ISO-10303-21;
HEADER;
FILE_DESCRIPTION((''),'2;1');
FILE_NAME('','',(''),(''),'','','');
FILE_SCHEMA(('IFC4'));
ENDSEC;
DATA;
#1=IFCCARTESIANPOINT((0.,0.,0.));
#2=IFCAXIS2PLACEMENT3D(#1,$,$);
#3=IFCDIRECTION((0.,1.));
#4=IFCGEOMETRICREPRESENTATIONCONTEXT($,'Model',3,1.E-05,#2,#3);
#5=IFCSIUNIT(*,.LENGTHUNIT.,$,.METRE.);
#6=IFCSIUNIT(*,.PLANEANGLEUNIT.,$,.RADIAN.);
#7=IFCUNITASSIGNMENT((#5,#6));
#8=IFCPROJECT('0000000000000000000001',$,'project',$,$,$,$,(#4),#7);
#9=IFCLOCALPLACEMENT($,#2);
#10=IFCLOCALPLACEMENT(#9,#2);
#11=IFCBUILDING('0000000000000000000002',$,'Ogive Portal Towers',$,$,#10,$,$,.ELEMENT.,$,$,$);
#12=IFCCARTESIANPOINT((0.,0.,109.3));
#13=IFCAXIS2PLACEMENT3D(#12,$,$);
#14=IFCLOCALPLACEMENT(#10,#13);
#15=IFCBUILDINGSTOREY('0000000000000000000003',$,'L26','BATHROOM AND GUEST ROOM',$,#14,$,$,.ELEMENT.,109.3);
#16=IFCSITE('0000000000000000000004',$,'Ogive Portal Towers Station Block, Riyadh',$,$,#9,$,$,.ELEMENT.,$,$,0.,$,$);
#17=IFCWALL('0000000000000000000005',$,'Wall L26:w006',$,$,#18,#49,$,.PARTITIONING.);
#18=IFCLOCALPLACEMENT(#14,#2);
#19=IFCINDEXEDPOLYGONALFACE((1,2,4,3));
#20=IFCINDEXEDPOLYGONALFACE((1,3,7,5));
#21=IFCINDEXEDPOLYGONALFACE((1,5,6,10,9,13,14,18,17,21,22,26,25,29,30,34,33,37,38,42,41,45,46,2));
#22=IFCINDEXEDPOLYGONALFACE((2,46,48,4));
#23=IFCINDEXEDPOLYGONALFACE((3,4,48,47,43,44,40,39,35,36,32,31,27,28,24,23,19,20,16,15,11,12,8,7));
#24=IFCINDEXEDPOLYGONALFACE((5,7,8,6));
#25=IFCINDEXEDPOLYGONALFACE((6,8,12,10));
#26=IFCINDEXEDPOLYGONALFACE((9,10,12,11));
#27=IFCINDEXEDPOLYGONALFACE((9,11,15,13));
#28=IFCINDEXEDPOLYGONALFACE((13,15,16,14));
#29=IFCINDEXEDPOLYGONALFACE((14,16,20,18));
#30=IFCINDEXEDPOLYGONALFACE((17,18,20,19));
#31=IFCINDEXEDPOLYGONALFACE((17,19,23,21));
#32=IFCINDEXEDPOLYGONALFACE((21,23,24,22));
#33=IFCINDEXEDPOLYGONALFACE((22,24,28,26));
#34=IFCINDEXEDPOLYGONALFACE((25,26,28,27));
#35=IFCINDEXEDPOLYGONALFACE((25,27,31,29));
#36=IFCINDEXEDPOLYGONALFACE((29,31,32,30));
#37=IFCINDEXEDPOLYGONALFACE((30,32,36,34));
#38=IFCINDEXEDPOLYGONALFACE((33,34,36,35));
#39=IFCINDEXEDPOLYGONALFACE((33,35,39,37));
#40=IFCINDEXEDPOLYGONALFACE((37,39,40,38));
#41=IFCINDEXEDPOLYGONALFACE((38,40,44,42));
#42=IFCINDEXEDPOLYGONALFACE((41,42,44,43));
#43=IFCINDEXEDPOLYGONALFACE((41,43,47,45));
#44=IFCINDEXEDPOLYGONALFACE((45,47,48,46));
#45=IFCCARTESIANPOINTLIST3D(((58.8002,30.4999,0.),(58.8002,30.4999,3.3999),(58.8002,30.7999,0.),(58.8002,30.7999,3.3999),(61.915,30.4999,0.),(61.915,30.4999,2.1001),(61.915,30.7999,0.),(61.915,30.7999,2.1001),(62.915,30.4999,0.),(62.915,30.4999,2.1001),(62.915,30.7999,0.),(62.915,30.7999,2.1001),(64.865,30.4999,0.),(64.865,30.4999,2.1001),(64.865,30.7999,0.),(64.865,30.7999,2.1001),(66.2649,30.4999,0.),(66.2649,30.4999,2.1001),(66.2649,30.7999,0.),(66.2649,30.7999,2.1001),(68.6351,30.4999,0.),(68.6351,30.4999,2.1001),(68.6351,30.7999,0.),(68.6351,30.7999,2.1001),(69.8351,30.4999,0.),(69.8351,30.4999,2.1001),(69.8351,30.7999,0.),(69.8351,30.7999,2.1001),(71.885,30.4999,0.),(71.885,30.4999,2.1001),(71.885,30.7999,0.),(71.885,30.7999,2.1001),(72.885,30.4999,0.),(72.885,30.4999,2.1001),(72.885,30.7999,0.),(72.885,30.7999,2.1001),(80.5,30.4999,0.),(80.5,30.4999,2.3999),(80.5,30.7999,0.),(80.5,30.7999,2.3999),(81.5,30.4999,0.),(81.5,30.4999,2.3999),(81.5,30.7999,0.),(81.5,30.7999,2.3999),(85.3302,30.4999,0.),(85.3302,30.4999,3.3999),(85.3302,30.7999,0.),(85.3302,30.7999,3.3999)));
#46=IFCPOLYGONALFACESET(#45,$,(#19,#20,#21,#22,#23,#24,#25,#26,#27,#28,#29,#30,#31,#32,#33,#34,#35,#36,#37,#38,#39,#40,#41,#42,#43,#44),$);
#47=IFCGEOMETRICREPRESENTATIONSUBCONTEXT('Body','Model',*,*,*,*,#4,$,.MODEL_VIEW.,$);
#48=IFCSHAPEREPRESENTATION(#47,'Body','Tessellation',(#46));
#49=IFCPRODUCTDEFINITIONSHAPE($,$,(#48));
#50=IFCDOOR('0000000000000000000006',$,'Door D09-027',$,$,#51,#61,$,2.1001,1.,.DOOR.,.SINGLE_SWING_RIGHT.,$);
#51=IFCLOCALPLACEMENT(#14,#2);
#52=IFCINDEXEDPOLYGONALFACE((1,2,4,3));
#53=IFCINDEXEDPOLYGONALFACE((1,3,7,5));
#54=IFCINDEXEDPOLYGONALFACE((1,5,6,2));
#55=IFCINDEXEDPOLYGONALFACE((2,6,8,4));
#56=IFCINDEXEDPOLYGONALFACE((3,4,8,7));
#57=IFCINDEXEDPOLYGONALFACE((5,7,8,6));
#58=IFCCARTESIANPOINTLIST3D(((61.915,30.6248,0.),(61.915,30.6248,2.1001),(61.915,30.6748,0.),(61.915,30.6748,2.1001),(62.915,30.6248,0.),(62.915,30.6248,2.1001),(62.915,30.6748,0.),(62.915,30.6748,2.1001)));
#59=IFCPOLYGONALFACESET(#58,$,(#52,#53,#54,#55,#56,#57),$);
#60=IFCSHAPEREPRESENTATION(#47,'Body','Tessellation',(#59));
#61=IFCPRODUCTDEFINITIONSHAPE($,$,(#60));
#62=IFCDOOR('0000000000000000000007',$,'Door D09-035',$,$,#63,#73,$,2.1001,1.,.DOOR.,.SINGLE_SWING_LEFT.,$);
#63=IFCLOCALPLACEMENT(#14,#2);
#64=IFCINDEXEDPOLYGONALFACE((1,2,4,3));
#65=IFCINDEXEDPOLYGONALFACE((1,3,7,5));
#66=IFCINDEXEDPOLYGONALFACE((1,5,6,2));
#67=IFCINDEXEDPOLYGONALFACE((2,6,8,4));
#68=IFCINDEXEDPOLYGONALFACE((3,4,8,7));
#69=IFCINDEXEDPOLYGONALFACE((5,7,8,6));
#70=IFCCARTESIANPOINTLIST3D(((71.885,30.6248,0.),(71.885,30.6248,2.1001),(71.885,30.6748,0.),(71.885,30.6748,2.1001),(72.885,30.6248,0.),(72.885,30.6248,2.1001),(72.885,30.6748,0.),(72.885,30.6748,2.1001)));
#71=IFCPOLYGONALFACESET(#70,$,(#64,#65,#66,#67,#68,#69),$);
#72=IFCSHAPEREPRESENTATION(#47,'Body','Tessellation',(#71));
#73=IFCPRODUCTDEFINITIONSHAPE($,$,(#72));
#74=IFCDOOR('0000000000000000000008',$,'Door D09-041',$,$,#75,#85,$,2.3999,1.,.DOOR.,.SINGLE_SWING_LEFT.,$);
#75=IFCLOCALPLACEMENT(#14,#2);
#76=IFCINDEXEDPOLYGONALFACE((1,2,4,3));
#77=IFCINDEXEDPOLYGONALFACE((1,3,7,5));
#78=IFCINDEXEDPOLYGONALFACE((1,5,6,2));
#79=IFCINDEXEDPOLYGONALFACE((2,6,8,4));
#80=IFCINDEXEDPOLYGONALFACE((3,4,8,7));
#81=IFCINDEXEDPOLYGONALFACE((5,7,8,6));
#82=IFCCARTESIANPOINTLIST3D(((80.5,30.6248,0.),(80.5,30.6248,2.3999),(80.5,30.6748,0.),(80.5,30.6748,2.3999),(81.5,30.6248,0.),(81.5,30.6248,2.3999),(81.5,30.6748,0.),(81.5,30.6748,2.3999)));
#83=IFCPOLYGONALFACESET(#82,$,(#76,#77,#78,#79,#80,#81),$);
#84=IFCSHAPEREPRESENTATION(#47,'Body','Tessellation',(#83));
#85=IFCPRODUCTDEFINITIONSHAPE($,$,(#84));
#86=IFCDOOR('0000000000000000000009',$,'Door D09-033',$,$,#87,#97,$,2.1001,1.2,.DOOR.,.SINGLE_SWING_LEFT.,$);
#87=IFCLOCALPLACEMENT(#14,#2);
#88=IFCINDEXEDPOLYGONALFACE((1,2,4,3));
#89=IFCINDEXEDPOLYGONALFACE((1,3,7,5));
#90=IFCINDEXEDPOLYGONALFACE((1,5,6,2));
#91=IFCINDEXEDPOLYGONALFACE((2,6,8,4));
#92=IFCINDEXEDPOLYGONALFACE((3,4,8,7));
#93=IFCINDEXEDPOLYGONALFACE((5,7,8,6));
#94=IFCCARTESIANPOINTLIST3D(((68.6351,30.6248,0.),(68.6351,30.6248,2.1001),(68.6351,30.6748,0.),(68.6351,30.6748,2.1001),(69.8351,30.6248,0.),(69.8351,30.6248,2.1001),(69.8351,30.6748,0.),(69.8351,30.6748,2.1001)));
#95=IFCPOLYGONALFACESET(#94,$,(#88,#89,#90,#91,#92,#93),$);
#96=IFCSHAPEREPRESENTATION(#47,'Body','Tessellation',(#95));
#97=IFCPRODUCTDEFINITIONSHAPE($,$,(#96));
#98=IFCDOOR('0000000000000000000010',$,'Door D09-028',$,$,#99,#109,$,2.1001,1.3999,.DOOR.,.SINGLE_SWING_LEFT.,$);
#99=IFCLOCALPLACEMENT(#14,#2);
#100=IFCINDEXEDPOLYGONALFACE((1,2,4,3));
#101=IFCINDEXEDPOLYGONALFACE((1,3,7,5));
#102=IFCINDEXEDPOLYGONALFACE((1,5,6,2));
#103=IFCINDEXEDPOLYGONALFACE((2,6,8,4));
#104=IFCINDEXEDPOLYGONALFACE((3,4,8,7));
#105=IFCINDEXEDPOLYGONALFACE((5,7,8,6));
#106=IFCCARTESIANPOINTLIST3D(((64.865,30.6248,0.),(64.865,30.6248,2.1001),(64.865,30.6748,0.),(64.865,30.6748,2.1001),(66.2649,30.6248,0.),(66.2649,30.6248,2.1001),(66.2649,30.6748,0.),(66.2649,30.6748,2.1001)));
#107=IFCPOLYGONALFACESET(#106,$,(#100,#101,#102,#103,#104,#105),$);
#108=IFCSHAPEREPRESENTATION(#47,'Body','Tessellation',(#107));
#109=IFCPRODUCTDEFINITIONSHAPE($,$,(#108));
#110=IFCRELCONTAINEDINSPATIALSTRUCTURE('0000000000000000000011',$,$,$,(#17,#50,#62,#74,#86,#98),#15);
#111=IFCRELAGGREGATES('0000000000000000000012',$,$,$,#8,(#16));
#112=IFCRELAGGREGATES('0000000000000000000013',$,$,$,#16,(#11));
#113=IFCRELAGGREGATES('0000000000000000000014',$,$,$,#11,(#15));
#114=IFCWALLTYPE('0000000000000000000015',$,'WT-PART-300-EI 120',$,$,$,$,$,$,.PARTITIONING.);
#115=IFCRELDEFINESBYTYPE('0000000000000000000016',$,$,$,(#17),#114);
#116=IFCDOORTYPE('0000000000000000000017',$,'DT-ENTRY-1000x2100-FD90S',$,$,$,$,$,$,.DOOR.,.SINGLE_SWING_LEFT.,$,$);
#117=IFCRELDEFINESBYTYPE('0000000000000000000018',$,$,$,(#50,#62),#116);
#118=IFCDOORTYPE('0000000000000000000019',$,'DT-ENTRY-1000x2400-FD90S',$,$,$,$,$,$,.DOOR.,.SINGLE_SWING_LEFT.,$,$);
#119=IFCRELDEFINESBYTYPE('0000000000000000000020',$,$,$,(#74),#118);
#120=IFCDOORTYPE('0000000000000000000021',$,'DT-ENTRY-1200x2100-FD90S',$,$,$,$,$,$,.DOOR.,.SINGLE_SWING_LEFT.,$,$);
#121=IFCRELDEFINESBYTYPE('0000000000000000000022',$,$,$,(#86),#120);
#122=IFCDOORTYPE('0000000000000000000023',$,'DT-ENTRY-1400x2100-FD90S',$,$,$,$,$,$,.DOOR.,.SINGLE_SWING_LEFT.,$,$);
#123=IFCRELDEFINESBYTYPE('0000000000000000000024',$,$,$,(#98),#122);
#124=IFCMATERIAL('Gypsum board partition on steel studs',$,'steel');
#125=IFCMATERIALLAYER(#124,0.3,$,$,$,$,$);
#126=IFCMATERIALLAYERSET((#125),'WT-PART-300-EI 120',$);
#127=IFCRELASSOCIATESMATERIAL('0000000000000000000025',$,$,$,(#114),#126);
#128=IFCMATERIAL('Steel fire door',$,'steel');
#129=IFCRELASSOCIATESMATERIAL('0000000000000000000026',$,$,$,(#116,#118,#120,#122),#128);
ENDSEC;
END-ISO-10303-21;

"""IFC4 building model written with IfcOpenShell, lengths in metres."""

from ifc_helpers import new_model, si_unit, direction, frame, frame_2d, origin, place, context, subcontext, project, spatial, rectangle, extrude, material, layer, layer_set, type_object, element, fill, save


model = new_model("IFC4")

# Units and contexts
model_context = context("Model", 3, precision=1e-05, world=origin(), true_north=direction((0.0, 1.0)))
body_context = subcontext(model_context, "Body", "Model", "MODEL_VIEW")
ifc_project = project(units=[si_unit("LENGTHUNIT", "METRE"), si_unit("PLANEANGLEUNIT", "RADIAN")], contexts=[model_context])

# Site, building, storey
site_placement = place(None, origin())
site = spatial("IfcSite", under=ifc_project, at=site_placement, Name="Ogive Portal Towers Station Block, Riyadh", CompositionType="ELEMENT", RefElevation=0.0)
building_placement = place(site_placement, origin())
building = spatial("IfcBuilding", under=site, at=building_placement, Name="Ogive Portal Towers", CompositionType="ELEMENT")
storey_placement = place(building_placement, frame((0.0, 0.0, 109.3)))
storey = spatial("IfcBuildingStorey", under=building, at=storey_placement, Name="L26", Description="BATHROOM AND GUEST ROOM", CompositionType="ELEMENT", Elevation=109.3)

# Shared definitions
ifc_material_1 = material(Name="Steel fire door", Category="steel")

# Wall, openings, doors
ifc_material_2 = material(Name="Gypsum board partition on steel studs", Category="steel")
ifc_layer_1 = layer(ifc_material_2, 0.3)
ifc_layer_set_1 = layer_set([ifc_layer_1], Name="WT-PART-300-EI 120")
wall_type_1 = type_object("IfcWallType", Name="WT-PART-300-EI 120", PredefinedType="PARTITIONING", material=ifc_layer_set_1)
wall_1_placement = place(storey_placement, frame((58.8, 30.6499, 0.0), z_axis=(0.0, 0.0, 1.0), x_axis=(1.0, 0.0, 0.0)))
wall_1 = element("IfcWall", 1, at=wall_1_placement, inside=storey, type_object=wall_type_1, Name="Wall L26:w006", PredefinedType="PARTITIONING", context=body_context, shape_type="SweptSolid", body=[
    extrude(rectangle(XDim=26.53, YDim=0.3, at=frame_2d((13.2651, 0.0))), origin(), (0.0, 0.0, 1.0), 3.3999),
])
opening_1_placement = place(wall_1_placement, frame((3.115, 0.0, 0.0)))
opening_1 = element("IfcOpeningElement", 2, at=opening_1_placement, cuts=wall_1, PredefinedType="OPENING", context=body_context, shape_type="SweptSolid", body=[
    extrude(rectangle(XDim=1.0, YDim=2.1001, at=frame_2d((0.5, 1.05))), frame((0.0, 0.1602, 0.0), z_axis=(0.0, -1.0, 0.0), x_axis=(1.0, 0.0, 0.0)), (0.0, 0.0, 1.0), 0.3201),
])
opening_2_placement = place(wall_1_placement, frame((6.0649, 0.0, 0.0)))
opening_2 = element("IfcOpeningElement", 3, at=opening_2_placement, cuts=wall_1, PredefinedType="OPENING", context=body_context, shape_type="SweptSolid", body=[
    extrude(rectangle(XDim=1.3999, YDim=2.1001, at=frame_2d((0.7, 1.05))), frame((0.0, 0.1602, 0.0), z_axis=(0.0, -1.0, 0.0), x_axis=(1.0, 0.0, 0.0)), (0.0, 0.0, 1.0), 0.3201),
])
opening_3_placement = place(wall_1_placement, frame((9.835, 0.0, 0.0)))
opening_3 = element("IfcOpeningElement", 4, at=opening_3_placement, cuts=wall_1, PredefinedType="OPENING", context=body_context, shape_type="SweptSolid", body=[
    extrude(rectangle(XDim=1.2, YDim=2.1001, at=frame_2d((0.6001, 1.05))), frame((0.0, 0.1602, 0.0), z_axis=(0.0, -1.0, 0.0), x_axis=(1.0, 0.0, 0.0)), (0.0, 0.0, 1.0), 0.3201),
])
opening_4_placement = place(wall_1_placement, frame((13.085, 0.0, 0.0)))
opening_4 = element("IfcOpeningElement", 5, at=opening_4_placement, cuts=wall_1, PredefinedType="OPENING", context=body_context, shape_type="SweptSolid", body=[
    extrude(rectangle(XDim=1.0, YDim=2.1001, at=frame_2d((0.5, 1.05))), frame((0.0, 0.1602, 0.0), z_axis=(0.0, -1.0, 0.0), x_axis=(1.0, 0.0, 0.0)), (0.0, 0.0, 1.0), 0.3201),
])
opening_5_placement = place(wall_1_placement, frame((21.7, 0.0, 0.0)))
opening_5 = element("IfcOpeningElement", 6, at=opening_5_placement, cuts=wall_1, PredefinedType="OPENING", context=body_context, shape_type="SweptSolid", body=[
    extrude(rectangle(XDim=1.0, YDim=2.3999, at=frame_2d((0.5, 1.2))), frame((0.0, 0.1602, 0.0), z_axis=(0.0, -1.0, 0.0), x_axis=(1.0, 0.0, 0.0)), (0.0, 0.0, 1.0), 0.3201),
])
door_type_1 = type_object("IfcDoorType", Name="DT-ENTRY-1000x2100-FD90S", OperationType="SINGLE_SWING_LEFT", PredefinedType="DOOR", material=ifc_material_1)
door_1_placement = place(opening_1_placement, origin())
door_1 = element("IfcDoor", 7, at=door_1_placement, inside=storey, type_object=door_type_1, Name="Door D09-027", OperationType="SINGLE_SWING_RIGHT", OverallHeight=2.1001, OverallWidth=1.0, PredefinedType="DOOR", context=body_context, shape_type="SweptSolid", body=[
    extrude(rectangle(XDim=1.0, YDim=2.1001, at=frame_2d((0.5, 1.05))), frame((0.0, 0.0249, 0.0), z_axis=(0.0, -1.0, 0.0), x_axis=(1.0, 0.0, 0.0)), (0.0, 0.0, 1.0), 0.05),
])
fill(opening_1, door_1)
door_2_placement = place(opening_4_placement, origin())
door_2 = element("IfcDoor", 8, at=door_2_placement, inside=storey, type_object=door_type_1, Name="Door D09-035", OperationType="SINGLE_SWING_LEFT", OverallHeight=2.1001, OverallWidth=1.0, PredefinedType="DOOR", context=body_context, shape_type="SweptSolid", body=[
    extrude(rectangle(XDim=1.0, YDim=2.1001, at=frame_2d((0.5, 1.05))), frame((0.0, 0.0249, 0.0), z_axis=(0.0, -1.0, 0.0), x_axis=(1.0, 0.0, 0.0)), (0.0, 0.0, 1.0), 0.05),
])
fill(opening_4, door_2)
door_type_2 = type_object("IfcDoorType", Name="DT-ENTRY-1000x2400-FD90S", OperationType="SINGLE_SWING_LEFT", PredefinedType="DOOR", material=ifc_material_1)
door_3_placement = place(opening_5_placement, origin())
door_3 = element("IfcDoor", 9, at=door_3_placement, inside=storey, type_object=door_type_2, Name="Door D09-041", OperationType="SINGLE_SWING_LEFT", OverallHeight=2.3999, OverallWidth=1.0, PredefinedType="DOOR", context=body_context, shape_type="SweptSolid", body=[
    extrude(rectangle(XDim=1.0, YDim=2.3999, at=frame_2d((0.5, 1.2))), frame((0.0, 0.0249, 0.0), z_axis=(0.0, -1.0, 0.0), x_axis=(1.0, 0.0, 0.0)), (0.0, 0.0, 1.0), 0.05),
])
fill(opening_5, door_3)
door_type_3 = type_object("IfcDoorType", Name="DT-ENTRY-1200x2100-FD90S", OperationType="SINGLE_SWING_LEFT", PredefinedType="DOOR", material=ifc_material_1)
door_4_placement = place(opening_3_placement, origin())
door_4 = element("IfcDoor", 10, at=door_4_placement, inside=storey, type_object=door_type_3, Name="Door D09-033", OperationType="SINGLE_SWING_LEFT", OverallHeight=2.1001, OverallWidth=1.2, PredefinedType="DOOR", context=body_context, shape_type="SweptSolid", body=[
    extrude(rectangle(XDim=1.2, YDim=2.1001, at=frame_2d((0.6001, 1.05))), frame((0.0, 0.0249, 0.0), z_axis=(0.0, -1.0, 0.0), x_axis=(1.0, 0.0, 0.0)), (0.0, 0.0, 1.0), 0.05),
])
fill(opening_3, door_4)
door_type_4 = type_object("IfcDoorType", Name="DT-ENTRY-1400x2100-FD90S", OperationType="SINGLE_SWING_LEFT", PredefinedType="DOOR", material=ifc_material_1)
door_5_placement = place(opening_2_placement, origin())
door_5 = element("IfcDoor", 11, at=door_5_placement, inside=storey, type_object=door_type_4, Name="Door D09-028", OperationType="SINGLE_SWING_LEFT", OverallHeight=2.1001, OverallWidth=1.3999, PredefinedType="DOOR", context=body_context, shape_type="SweptSolid", body=[
    extrude(rectangle(XDim=1.3999, YDim=2.1001, at=frame_2d((0.7, 1.05))), frame((0.0, 0.0249, 0.0), z_axis=(0.0, -1.0, 0.0), x_axis=(1.0, 0.0, 0.0)), (0.0, 0.0, 1.0), 0.05),
])
fill(opening_2, door_5)

save(model, "model.ifc")
